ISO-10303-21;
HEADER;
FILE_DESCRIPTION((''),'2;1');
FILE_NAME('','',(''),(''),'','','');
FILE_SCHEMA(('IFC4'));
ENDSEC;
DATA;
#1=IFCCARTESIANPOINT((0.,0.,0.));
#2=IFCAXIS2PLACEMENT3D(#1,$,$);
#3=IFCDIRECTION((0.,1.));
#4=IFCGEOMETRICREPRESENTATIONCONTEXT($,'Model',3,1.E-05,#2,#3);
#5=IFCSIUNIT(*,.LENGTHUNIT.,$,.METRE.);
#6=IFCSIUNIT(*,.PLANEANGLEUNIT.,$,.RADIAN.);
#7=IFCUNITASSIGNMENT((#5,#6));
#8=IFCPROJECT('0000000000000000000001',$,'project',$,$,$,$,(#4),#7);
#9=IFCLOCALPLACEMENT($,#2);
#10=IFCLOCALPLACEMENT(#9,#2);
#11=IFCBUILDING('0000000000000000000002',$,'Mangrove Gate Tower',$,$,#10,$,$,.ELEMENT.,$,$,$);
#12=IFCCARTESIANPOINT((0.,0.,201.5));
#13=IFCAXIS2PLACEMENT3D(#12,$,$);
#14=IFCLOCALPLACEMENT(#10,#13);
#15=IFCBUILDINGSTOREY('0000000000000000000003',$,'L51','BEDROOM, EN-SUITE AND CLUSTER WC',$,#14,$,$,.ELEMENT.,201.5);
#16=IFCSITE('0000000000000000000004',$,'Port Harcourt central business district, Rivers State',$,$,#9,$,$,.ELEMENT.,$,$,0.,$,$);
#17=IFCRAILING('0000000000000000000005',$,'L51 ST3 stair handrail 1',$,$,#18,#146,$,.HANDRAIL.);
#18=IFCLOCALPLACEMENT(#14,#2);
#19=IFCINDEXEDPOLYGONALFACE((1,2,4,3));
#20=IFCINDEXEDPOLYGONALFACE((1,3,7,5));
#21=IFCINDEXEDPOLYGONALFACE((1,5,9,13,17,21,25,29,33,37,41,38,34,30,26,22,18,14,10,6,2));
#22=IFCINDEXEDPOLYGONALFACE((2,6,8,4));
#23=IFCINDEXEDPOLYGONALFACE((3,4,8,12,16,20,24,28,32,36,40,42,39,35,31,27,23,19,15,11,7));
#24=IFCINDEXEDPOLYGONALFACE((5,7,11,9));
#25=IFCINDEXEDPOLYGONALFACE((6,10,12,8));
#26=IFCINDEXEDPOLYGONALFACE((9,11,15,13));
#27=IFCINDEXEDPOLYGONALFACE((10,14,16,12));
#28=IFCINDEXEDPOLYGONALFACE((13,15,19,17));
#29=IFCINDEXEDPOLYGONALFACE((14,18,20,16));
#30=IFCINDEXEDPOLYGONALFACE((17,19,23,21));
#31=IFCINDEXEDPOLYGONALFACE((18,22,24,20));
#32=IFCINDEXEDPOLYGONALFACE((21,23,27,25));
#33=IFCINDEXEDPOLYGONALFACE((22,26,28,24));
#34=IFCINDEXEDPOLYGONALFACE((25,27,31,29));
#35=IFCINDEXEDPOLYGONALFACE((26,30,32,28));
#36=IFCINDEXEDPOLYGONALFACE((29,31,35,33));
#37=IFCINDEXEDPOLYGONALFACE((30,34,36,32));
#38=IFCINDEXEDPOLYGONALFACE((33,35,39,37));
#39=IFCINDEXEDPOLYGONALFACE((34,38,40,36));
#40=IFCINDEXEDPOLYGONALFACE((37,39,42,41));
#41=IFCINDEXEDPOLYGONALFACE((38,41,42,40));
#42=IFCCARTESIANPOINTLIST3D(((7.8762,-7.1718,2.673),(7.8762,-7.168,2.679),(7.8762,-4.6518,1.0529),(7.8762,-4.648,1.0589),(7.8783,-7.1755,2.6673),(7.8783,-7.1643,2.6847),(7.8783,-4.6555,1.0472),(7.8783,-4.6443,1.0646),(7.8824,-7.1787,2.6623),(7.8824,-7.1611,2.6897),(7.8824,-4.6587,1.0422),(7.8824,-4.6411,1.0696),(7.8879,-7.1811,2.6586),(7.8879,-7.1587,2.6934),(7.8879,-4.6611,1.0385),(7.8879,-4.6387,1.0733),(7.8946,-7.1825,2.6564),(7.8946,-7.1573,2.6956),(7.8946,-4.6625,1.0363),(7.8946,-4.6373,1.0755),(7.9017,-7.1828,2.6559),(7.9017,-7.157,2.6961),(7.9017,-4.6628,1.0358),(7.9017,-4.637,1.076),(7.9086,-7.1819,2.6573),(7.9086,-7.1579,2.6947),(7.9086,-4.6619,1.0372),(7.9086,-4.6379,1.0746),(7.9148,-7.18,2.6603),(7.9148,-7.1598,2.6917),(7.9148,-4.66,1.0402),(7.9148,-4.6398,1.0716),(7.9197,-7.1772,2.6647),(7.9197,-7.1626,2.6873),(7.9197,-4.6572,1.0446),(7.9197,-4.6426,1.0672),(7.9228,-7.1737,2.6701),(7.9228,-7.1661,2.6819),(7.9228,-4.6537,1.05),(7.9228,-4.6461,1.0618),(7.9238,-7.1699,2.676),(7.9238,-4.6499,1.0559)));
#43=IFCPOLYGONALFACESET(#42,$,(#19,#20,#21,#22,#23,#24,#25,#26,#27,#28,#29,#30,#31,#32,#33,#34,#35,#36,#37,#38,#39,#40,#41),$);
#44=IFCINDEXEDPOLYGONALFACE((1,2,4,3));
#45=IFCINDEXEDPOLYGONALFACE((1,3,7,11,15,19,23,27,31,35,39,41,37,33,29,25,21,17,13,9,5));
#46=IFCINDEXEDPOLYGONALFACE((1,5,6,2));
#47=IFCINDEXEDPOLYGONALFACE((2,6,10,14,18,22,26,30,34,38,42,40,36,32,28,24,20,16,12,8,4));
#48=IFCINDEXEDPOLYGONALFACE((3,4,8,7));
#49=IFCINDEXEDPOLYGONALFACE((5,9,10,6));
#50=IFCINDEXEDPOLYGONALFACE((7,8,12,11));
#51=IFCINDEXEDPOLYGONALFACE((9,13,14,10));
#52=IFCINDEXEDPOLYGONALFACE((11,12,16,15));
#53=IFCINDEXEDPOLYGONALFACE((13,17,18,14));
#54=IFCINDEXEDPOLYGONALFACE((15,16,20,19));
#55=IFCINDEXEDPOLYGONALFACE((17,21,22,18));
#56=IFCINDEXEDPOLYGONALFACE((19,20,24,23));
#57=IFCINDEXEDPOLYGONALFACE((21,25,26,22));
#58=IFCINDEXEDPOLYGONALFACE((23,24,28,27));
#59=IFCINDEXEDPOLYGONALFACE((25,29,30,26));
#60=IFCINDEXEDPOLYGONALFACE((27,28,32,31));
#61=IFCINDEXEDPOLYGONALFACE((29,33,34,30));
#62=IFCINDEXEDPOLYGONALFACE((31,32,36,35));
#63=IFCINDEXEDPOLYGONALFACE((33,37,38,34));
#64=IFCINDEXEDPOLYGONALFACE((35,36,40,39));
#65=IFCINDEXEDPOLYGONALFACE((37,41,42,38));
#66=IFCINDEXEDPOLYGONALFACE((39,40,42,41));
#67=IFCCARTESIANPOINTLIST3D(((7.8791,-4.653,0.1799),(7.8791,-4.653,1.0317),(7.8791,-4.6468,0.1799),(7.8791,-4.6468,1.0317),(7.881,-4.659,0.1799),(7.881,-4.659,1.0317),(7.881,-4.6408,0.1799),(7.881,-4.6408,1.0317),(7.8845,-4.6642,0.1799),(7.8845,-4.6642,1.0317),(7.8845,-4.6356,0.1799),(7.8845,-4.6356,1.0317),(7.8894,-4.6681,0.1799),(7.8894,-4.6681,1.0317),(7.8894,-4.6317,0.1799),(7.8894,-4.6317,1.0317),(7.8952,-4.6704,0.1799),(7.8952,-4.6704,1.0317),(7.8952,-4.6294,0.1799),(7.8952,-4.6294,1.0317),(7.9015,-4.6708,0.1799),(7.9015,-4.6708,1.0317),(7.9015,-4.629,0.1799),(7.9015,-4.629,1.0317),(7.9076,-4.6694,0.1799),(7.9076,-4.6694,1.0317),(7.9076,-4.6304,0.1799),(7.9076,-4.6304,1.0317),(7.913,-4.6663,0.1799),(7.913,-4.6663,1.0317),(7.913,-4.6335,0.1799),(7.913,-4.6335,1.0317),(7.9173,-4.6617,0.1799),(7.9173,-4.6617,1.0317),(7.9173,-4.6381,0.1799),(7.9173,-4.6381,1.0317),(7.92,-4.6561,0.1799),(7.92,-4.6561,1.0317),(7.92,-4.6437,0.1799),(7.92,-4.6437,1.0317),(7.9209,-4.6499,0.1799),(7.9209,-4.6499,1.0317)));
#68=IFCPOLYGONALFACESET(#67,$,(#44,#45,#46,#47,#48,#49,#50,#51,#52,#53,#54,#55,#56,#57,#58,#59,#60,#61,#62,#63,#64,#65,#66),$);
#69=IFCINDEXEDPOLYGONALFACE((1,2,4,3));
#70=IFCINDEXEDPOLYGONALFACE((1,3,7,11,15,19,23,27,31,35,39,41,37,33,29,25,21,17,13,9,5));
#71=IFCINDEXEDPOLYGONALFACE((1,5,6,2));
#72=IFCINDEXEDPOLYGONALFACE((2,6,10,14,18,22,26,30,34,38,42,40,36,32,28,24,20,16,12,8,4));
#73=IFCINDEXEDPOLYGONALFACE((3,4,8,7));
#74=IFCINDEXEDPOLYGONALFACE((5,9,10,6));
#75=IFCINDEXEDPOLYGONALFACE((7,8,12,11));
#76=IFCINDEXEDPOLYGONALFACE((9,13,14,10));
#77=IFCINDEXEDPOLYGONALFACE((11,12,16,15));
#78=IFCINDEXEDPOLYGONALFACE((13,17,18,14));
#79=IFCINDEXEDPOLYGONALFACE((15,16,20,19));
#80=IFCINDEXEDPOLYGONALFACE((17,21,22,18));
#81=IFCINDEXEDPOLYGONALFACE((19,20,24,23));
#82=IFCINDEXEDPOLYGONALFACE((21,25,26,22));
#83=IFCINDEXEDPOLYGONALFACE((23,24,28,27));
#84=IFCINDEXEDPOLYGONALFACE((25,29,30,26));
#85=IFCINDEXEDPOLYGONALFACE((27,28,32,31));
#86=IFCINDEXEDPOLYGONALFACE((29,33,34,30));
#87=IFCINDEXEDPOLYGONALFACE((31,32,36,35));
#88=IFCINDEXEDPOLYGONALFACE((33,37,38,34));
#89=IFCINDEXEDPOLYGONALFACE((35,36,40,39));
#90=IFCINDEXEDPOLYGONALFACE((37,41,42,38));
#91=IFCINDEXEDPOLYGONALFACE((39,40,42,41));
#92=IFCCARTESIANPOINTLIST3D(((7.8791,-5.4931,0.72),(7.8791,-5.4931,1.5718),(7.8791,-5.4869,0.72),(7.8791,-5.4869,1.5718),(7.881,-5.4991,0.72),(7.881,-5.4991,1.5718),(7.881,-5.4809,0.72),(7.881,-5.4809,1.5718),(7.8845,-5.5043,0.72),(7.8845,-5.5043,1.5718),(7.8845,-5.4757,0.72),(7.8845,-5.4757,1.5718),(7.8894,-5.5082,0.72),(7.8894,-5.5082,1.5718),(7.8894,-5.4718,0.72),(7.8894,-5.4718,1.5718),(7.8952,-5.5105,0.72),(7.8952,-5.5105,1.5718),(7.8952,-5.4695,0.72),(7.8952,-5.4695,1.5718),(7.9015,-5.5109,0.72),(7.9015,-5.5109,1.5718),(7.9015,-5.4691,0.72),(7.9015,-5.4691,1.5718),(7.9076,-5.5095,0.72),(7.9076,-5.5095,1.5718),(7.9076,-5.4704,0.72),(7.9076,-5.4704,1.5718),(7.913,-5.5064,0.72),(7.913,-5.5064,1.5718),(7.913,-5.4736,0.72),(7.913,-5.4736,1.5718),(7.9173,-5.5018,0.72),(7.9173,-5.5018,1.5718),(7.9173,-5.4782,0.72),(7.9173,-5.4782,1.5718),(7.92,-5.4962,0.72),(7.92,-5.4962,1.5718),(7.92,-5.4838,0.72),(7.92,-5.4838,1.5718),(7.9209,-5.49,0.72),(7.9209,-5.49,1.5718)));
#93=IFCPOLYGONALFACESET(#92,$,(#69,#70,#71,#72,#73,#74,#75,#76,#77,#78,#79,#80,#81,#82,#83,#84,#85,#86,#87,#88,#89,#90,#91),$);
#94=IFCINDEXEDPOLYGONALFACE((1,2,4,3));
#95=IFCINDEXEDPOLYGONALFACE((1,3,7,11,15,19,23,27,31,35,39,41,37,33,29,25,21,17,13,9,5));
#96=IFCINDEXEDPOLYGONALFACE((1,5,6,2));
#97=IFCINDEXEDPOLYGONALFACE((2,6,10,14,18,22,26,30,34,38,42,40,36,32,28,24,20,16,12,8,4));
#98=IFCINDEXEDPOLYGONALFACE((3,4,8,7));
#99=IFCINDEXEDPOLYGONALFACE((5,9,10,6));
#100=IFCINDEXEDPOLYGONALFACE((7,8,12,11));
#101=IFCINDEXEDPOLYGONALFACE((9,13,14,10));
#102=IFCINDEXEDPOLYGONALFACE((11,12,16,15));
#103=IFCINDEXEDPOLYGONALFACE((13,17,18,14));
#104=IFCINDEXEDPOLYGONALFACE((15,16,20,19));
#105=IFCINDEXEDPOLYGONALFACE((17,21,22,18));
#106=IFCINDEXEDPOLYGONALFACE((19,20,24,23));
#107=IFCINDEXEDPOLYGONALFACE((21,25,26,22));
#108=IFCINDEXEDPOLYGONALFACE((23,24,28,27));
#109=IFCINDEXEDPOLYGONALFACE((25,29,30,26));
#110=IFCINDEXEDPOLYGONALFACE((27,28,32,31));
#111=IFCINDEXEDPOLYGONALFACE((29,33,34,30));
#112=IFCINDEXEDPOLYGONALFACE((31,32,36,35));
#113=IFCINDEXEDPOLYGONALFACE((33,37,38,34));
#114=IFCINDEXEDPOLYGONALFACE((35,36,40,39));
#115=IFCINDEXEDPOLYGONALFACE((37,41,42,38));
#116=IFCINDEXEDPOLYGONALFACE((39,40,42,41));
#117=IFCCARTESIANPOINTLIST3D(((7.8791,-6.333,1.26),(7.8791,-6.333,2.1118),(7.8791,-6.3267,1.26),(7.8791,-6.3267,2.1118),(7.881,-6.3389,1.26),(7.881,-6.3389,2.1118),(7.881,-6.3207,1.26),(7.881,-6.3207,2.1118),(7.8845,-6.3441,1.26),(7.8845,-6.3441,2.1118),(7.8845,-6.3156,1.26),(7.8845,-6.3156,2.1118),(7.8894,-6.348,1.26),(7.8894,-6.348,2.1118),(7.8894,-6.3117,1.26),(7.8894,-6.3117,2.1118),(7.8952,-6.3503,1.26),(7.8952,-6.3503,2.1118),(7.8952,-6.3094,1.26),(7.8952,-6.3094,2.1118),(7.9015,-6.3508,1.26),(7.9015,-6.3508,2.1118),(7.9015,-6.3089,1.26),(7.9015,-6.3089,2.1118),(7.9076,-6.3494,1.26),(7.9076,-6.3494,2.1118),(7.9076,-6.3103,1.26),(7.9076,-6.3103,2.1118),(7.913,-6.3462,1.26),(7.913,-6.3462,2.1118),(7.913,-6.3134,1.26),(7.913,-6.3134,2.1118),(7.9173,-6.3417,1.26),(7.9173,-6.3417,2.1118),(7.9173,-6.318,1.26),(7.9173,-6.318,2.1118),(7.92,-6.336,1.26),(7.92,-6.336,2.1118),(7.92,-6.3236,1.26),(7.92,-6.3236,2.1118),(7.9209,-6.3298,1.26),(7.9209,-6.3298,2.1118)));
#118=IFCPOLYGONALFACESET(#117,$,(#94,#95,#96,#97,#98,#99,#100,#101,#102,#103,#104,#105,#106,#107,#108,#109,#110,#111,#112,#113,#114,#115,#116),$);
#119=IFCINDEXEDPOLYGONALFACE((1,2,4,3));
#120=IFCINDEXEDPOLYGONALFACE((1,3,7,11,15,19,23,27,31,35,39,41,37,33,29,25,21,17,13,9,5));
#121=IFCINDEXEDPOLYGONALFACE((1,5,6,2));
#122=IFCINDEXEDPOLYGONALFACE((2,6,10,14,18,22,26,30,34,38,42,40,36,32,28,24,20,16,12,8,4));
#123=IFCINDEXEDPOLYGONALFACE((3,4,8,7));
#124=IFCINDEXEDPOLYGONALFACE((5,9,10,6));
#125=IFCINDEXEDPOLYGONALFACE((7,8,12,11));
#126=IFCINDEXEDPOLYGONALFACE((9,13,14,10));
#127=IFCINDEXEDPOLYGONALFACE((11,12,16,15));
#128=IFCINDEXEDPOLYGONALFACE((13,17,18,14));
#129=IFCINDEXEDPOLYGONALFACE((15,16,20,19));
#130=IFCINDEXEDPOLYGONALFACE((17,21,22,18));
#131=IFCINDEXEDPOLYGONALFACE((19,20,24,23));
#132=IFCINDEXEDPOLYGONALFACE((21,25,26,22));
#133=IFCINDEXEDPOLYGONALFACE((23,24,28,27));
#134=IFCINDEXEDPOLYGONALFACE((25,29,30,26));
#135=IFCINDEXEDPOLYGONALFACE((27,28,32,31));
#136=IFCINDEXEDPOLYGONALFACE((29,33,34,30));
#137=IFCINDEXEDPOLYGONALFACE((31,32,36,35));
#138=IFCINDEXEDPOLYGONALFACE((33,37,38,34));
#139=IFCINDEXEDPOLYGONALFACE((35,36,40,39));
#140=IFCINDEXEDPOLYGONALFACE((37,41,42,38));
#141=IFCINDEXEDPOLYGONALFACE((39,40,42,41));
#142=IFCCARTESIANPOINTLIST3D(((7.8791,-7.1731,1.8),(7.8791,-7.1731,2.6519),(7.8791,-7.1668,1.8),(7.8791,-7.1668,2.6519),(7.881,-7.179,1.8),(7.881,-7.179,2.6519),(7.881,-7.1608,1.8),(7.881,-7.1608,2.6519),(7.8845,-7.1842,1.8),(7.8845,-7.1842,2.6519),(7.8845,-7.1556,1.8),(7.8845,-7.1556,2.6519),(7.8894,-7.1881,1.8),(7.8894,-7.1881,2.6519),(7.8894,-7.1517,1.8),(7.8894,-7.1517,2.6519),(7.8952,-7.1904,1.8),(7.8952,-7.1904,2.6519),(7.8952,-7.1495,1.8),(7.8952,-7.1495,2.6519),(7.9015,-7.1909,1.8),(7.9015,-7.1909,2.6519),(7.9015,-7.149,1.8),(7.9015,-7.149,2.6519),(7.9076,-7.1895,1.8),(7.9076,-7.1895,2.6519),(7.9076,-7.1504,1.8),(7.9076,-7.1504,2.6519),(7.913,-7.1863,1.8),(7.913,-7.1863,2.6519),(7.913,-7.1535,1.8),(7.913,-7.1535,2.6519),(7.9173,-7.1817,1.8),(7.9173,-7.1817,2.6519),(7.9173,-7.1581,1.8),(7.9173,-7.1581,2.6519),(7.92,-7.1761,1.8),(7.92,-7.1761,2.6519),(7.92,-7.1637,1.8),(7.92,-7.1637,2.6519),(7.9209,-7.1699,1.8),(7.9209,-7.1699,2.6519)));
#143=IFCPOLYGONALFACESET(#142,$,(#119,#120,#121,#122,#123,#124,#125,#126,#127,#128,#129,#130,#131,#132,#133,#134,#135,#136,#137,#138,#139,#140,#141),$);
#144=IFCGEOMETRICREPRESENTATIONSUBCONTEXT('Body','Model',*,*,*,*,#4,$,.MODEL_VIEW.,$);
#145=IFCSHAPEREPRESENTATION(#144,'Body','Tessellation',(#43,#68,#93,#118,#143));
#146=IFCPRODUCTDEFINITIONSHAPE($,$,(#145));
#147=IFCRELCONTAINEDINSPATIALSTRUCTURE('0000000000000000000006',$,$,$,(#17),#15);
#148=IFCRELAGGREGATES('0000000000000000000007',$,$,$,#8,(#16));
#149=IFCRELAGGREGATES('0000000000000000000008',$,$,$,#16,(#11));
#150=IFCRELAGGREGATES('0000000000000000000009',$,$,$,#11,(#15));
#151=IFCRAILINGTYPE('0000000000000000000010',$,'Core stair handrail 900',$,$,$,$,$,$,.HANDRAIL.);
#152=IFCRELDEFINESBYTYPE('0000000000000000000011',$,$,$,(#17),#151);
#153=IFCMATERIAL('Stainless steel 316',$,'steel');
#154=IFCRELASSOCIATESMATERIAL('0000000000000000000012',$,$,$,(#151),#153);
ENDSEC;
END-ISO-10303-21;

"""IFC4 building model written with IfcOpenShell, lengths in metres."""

from ifc_helpers import new_model, si_unit, direction, frame, origin, origin_2d, place, context, subcontext, project, spatial, circle, extrude, material, type_object, element, save


model = new_model("IFC4")

# Units and contexts
model_context = context("Model", 3, precision=1e-05, world=origin(), true_north=direction((0.0, 1.0)))
body_context = subcontext(model_context, "Body", "Model", "MODEL_VIEW")
ifc_project = project(units=[si_unit("LENGTHUNIT", "METRE"), si_unit("PLANEANGLEUNIT", "RADIAN")], contexts=[model_context])

# Site, building, storey
site_placement = place(None, origin())
site = spatial("IfcSite", under=ifc_project, at=site_placement, Name="Port Harcourt central business district, Rivers State", CompositionType="ELEMENT", RefElevation=0.0)
building_placement = place(site_placement, origin())
building = spatial("IfcBuilding", under=site, at=building_placement, Name="Mangrove Gate Tower", CompositionType="ELEMENT")
storey_placement = place(building_placement, frame((0.0, 0.0, 201.5)))
storey = spatial("IfcBuildingStorey", under=building, at=storey_placement, Name="L51", Description="BEDROOM, EN-SUITE AND CLUSTER WC", CompositionType="ELEMENT", Elevation=201.5)

# Railing
ifc_material_1 = material(Name="Stainless steel 316", Category="steel")
railing_type_1 = type_object("IfcRailingType", Name="Core stair handrail 900", PredefinedType="HANDRAIL", material=ifc_material_1)
railing_1_placement = place(storey_placement, frame((7.8999, -4.6499, 0.1799)))
element("IfcRailing", 1, at=railing_1_placement, inside=storey, type_object=railing_type_1, Name="L51 ST3 stair handrail 1", PredefinedType="HANDRAIL", context=body_context, shape_type="SweptSolid", body=[
    extrude(circle(Radius=0.0239, at=origin_2d()), frame((0.0, 0.0, 0.876), z_axis=(0.0, -0.841163, 0.540782), x_axis=(1.0, 0.0, 0.0)), (0.0, 0.0, 1.0), 2.9958),
    extrude(circle(Radius=0.021, at=origin_2d()), origin(), (0.0, 0.0, 1.0), 0.8518),
    extrude(circle(Radius=0.021, at=origin_2d()), frame((0.0, -0.8401, 0.54)), (0.0, 0.0, 1.0), 0.8518),
    extrude(circle(Radius=0.021, at=origin_2d()), frame((0.0, -1.6799, 1.0801)), (0.0, 0.0, 1.0), 0.8518),
    extrude(circle(Radius=0.021, at=origin_2d()), frame((0.0, -2.52, 1.6201)), (0.0, 0.0, 1.0), 0.8518),
])

save(model, "model.ifc")
